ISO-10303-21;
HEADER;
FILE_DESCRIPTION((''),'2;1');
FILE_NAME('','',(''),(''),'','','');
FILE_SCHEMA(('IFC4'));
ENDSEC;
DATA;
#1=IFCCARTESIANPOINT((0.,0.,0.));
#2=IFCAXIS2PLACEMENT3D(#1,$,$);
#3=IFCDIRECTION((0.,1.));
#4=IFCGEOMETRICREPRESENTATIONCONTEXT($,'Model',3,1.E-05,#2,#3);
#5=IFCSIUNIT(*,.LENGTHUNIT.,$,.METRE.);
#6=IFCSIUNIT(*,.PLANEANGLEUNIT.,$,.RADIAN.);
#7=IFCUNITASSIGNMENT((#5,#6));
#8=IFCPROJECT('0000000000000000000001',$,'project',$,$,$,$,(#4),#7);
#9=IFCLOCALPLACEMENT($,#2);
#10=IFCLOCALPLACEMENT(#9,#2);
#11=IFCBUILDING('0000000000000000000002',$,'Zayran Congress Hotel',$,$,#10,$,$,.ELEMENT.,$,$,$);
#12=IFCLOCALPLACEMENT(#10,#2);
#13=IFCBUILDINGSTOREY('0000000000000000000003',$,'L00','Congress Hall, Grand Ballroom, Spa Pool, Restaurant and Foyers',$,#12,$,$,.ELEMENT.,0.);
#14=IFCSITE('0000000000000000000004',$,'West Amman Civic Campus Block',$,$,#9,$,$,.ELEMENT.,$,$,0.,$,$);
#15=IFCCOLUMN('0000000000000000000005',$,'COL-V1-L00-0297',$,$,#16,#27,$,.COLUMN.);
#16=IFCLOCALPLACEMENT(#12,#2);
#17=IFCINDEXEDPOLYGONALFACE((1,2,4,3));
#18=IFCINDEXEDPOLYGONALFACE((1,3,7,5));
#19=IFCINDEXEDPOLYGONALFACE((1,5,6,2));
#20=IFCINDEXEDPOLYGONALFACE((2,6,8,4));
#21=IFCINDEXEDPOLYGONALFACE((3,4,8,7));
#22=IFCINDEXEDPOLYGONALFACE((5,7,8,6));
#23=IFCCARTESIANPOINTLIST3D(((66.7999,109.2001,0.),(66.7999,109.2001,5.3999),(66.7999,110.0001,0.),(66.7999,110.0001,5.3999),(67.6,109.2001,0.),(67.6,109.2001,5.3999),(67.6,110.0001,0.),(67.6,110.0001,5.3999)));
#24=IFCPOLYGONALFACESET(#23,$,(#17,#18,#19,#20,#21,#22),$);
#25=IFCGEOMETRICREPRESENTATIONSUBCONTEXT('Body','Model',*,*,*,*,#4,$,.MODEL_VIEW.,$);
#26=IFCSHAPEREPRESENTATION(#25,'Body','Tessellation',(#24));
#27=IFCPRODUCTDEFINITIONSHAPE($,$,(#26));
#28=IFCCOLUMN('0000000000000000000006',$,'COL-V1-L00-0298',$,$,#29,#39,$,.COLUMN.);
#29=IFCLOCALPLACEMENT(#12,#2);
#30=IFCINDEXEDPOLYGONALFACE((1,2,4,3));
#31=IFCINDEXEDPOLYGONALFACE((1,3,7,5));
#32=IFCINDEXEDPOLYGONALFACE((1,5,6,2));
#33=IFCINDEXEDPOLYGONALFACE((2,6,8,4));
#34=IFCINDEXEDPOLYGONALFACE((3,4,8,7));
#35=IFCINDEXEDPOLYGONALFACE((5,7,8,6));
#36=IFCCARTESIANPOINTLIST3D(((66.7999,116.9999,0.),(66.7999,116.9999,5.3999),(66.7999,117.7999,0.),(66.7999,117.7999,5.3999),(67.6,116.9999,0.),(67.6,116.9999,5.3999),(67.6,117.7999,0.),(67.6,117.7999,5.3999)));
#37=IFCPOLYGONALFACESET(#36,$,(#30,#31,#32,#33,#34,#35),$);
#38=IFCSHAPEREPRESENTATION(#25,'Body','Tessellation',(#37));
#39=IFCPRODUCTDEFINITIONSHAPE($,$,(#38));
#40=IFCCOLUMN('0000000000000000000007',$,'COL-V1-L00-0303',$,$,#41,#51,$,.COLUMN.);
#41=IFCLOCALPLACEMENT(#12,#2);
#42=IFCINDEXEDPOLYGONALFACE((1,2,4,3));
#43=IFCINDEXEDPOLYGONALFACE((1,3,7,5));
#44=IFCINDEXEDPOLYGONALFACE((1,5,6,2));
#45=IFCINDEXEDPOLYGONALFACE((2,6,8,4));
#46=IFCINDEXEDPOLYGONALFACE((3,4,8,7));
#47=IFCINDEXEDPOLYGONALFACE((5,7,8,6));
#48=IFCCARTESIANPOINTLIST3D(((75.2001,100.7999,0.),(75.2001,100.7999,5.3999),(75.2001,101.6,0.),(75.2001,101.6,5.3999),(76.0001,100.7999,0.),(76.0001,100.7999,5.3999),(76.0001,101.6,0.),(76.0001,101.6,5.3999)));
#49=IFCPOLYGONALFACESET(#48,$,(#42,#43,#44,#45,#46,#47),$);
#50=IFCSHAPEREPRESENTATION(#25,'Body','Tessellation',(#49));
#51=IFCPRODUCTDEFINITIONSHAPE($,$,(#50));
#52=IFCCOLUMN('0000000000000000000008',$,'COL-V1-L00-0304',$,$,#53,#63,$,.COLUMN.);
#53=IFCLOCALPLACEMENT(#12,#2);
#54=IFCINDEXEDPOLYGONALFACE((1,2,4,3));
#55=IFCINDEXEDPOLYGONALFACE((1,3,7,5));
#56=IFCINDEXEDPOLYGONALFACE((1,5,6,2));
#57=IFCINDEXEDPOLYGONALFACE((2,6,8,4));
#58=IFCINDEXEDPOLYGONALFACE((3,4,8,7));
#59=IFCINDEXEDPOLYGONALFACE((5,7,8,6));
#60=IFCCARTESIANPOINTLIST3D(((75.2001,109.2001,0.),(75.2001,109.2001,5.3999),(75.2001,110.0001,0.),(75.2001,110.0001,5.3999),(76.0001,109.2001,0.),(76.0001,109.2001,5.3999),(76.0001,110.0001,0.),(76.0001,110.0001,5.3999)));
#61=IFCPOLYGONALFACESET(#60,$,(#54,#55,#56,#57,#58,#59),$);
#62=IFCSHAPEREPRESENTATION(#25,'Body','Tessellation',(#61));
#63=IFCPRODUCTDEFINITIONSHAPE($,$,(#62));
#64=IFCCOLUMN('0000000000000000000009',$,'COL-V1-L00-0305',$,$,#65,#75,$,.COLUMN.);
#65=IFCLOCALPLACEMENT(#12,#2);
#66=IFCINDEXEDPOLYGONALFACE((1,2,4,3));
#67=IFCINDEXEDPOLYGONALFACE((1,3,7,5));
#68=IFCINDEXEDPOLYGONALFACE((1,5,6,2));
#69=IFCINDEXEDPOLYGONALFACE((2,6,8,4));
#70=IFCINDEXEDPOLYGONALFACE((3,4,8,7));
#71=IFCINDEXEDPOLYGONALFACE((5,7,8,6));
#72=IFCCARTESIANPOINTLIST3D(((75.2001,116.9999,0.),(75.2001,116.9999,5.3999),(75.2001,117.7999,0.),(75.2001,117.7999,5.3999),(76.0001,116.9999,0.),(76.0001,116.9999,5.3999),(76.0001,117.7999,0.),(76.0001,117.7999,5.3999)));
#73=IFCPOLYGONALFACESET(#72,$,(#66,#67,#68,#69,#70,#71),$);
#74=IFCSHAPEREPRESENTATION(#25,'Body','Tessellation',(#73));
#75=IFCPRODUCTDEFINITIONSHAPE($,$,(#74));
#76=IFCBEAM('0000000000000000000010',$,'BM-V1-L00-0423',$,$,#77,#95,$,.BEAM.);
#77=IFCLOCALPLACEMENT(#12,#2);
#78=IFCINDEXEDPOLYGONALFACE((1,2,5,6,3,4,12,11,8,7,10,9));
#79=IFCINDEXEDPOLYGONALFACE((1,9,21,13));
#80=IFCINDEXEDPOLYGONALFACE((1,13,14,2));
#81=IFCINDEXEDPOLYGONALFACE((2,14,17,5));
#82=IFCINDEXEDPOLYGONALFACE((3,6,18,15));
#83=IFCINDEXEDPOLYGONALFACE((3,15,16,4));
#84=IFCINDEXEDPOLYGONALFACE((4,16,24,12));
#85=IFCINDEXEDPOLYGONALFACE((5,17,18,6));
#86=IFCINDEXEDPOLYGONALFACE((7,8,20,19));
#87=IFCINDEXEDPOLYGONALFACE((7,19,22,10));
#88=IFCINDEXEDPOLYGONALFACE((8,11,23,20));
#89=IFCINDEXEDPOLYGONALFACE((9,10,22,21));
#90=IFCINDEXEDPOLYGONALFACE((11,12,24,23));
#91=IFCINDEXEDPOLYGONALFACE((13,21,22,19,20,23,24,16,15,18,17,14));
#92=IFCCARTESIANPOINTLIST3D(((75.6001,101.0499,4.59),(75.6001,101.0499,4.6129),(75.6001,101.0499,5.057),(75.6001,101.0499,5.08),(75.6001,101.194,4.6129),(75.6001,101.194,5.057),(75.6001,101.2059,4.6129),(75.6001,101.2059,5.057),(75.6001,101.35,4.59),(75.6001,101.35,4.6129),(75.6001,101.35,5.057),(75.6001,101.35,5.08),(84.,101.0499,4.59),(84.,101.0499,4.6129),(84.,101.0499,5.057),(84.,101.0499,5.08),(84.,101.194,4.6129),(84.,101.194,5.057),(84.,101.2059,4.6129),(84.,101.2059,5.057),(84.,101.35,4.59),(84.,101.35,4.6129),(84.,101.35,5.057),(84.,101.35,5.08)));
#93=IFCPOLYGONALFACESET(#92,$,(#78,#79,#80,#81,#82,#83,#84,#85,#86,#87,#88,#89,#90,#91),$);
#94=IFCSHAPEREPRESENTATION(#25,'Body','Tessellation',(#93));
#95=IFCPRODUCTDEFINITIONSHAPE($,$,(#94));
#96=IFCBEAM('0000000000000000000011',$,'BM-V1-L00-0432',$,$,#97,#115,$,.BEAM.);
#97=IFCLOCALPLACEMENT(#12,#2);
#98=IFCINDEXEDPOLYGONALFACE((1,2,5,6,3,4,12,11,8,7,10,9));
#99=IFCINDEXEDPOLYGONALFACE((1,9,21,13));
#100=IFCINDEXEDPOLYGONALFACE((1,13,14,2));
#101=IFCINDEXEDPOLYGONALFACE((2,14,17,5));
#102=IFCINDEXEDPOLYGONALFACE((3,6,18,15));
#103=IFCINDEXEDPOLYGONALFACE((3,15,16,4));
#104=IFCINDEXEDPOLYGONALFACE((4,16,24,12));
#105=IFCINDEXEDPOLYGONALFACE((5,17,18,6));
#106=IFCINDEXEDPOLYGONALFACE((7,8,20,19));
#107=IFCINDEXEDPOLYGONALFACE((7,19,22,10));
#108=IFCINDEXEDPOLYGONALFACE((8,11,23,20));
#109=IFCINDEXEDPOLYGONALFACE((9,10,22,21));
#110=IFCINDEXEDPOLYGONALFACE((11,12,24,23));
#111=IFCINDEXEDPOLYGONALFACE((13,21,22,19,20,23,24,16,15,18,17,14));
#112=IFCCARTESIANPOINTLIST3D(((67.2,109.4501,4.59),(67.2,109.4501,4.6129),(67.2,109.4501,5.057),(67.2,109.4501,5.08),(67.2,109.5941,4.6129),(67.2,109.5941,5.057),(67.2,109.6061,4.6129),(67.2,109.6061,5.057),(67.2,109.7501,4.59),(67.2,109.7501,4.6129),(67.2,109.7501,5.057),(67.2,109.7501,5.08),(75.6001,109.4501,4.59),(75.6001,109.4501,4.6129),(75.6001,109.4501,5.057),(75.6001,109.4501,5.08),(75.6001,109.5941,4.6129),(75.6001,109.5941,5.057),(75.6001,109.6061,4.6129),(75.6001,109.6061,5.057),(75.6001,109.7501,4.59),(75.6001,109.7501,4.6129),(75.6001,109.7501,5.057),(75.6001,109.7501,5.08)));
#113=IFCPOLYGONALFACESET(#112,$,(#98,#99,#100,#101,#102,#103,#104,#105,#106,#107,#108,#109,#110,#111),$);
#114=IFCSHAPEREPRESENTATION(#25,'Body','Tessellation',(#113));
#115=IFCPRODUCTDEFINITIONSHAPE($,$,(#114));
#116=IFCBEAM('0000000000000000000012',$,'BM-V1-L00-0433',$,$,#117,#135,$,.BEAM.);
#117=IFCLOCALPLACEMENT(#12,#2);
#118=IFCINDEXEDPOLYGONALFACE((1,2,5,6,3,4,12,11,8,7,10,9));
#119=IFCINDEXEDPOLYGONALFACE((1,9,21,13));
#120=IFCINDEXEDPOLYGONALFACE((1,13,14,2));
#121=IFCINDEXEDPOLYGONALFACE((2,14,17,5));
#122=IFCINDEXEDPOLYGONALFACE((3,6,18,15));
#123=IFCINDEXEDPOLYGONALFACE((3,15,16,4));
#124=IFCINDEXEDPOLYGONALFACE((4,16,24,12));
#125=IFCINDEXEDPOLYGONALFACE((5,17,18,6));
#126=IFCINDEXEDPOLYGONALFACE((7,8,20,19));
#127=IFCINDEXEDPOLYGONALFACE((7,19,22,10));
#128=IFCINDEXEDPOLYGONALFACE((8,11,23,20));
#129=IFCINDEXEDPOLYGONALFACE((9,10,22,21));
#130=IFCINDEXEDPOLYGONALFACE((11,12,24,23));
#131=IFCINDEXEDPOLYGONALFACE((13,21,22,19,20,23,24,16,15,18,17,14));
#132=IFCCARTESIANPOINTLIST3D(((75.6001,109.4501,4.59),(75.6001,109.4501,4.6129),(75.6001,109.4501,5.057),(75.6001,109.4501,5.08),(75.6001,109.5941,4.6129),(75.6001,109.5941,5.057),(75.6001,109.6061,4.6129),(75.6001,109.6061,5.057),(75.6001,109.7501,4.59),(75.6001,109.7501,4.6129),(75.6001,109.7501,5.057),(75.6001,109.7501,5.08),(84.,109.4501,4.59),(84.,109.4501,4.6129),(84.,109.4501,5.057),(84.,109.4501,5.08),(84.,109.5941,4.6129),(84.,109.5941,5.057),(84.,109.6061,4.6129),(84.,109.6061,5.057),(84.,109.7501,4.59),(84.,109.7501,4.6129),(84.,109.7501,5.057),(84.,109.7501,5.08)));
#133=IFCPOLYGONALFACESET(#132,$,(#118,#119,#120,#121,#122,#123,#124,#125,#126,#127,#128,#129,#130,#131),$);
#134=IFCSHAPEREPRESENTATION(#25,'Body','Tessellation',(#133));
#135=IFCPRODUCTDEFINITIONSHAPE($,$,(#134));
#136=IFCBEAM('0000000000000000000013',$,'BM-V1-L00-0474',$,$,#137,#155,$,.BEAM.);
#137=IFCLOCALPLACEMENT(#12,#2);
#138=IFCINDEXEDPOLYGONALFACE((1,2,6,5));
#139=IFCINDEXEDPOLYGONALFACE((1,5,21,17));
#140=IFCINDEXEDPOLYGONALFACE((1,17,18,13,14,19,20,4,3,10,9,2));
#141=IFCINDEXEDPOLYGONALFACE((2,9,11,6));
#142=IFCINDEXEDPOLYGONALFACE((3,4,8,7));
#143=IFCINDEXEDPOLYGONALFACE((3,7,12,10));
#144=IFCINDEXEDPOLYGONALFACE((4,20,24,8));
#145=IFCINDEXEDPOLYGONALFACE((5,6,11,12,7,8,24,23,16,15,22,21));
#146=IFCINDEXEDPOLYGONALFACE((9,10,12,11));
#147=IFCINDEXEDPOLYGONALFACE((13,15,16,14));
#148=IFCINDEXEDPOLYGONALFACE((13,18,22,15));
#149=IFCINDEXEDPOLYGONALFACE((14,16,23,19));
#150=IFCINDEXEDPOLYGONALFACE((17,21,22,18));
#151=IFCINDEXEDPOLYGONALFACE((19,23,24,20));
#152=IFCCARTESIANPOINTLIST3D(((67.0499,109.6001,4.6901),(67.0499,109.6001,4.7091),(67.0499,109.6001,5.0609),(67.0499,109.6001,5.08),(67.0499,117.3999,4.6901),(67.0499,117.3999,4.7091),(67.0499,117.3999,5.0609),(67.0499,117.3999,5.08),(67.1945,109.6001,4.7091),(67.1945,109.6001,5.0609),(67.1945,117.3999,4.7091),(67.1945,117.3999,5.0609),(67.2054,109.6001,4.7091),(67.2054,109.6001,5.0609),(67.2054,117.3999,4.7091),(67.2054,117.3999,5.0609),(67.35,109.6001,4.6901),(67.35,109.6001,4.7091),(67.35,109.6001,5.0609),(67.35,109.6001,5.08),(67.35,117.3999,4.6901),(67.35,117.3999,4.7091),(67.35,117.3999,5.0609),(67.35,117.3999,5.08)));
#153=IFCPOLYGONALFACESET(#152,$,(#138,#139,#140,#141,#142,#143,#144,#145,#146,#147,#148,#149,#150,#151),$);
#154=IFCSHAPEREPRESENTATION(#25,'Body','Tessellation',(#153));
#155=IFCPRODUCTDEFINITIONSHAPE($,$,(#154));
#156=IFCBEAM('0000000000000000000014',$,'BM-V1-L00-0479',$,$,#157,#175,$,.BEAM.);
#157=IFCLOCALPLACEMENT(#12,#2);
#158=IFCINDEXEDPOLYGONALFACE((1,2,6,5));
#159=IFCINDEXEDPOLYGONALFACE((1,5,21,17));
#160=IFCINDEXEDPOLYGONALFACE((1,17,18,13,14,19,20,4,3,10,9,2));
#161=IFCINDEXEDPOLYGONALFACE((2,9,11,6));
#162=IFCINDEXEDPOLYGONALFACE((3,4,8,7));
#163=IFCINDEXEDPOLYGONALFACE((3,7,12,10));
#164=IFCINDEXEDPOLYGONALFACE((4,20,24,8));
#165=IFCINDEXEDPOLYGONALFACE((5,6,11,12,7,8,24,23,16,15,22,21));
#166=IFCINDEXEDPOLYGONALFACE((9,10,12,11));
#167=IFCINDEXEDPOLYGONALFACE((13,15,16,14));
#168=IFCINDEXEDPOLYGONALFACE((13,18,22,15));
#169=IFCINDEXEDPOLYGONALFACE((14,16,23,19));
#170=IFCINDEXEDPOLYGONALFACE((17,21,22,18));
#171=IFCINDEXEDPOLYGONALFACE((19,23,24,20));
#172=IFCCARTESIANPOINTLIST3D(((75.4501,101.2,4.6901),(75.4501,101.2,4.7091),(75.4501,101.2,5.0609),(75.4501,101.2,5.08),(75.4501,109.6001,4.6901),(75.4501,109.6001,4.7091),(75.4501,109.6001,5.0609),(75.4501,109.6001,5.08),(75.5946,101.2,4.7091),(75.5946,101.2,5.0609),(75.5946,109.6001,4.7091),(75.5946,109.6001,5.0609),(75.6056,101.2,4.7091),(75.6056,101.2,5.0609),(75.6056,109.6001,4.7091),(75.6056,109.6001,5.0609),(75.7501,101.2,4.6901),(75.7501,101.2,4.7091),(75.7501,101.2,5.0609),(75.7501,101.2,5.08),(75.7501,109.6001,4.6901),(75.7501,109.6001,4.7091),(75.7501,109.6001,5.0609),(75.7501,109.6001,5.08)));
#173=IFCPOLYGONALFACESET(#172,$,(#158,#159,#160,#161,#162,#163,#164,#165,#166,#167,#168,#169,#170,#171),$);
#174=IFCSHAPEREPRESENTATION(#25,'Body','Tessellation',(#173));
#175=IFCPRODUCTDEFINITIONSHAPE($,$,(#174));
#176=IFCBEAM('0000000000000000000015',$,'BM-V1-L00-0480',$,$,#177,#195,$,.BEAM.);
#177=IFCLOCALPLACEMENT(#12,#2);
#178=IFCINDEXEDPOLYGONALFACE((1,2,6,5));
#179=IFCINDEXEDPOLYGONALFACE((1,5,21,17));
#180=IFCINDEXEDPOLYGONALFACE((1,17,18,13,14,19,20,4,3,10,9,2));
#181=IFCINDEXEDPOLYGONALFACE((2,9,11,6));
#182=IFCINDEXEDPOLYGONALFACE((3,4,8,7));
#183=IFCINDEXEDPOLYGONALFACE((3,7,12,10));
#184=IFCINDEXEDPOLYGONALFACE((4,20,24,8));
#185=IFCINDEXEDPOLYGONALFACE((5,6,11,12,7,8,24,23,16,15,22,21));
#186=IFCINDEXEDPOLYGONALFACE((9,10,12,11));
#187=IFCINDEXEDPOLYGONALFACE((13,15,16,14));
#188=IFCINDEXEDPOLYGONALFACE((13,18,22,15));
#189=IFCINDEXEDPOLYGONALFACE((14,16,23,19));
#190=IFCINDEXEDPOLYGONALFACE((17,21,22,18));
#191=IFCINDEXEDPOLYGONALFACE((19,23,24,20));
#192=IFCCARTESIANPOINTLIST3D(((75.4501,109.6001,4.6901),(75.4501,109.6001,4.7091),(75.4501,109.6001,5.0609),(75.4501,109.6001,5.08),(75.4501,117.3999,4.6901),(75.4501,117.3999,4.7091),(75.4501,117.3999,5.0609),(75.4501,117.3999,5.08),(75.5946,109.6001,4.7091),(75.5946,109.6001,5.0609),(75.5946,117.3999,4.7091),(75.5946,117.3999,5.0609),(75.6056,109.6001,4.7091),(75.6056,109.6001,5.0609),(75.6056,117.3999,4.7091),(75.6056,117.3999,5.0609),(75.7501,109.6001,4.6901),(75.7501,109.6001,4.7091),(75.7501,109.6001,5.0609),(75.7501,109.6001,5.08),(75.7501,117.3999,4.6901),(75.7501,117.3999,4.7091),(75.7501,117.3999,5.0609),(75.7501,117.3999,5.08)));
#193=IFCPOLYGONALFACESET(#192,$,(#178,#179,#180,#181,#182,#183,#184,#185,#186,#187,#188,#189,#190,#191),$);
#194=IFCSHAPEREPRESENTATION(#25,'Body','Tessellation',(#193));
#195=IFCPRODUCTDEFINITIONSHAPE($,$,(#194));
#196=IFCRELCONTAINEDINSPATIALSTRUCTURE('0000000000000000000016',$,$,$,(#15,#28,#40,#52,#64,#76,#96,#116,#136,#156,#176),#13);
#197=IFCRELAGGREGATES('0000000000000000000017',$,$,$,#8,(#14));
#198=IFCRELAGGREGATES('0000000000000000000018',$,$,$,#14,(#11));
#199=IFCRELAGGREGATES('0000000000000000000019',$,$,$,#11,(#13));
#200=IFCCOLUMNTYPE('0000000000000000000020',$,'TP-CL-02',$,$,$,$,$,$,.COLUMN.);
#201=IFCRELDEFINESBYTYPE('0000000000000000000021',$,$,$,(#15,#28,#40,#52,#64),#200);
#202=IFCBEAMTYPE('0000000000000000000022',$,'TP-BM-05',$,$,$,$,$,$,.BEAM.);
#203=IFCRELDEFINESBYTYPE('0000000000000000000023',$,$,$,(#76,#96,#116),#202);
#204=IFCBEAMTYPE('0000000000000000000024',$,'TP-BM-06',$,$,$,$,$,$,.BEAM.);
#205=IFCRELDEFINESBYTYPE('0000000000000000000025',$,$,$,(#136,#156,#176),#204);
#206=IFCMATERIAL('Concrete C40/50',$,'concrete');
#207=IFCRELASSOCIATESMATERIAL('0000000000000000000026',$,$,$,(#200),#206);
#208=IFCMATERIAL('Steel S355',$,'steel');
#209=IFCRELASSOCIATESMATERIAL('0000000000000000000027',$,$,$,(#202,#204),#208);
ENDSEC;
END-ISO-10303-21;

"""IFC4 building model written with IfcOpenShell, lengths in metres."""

from ifc_helpers import new_model, si_unit, direction, frame, origin, origin_2d, place, context, subcontext, project, spatial, rectangle, i_section, extrude, material, material_profile, profile_set, type_object, element, save


model = new_model("IFC4")

# Units and contexts
model_context = context("Model", 3, precision=1e-05, world=origin(), true_north=direction((0.0, 1.0)))
body_context = subcontext(model_context, "Body", "Model", "MODEL_VIEW")
ifc_project = project(units=[si_unit("LENGTHUNIT", "METRE"), si_unit("PLANEANGLEUNIT", "RADIAN")], contexts=[model_context])

# Site, building, storey
site_placement = place(None, origin())
site = spatial("IfcSite", under=ifc_project, at=site_placement, Name="West Amman Civic Campus Block", CompositionType="ELEMENT", RefElevation=0.0)
building_placement = place(site_placement, origin())
building = spatial("IfcBuilding", under=site, at=building_placement, Name="Zayran Congress Hotel", CompositionType="ELEMENT")
storey_placement = place(building_placement, origin())
storey = spatial("IfcBuildingStorey", under=building, at=storey_placement, Name="L00", Description="Congress Hall, Grand Ballroom, Spa Pool, Restaurant and Foyers", CompositionType="ELEMENT", Elevation=0.0)

# Columns
ifc_material_1 = material(Name="Concrete C40/50", Category="concrete")
ifc_material_profile_1 = material_profile(ifc_material_1, rectangle(XDim=0.8, YDim=0.8, at=origin_2d()), Name="RC 800x800")
ifc_profile_set_1 = profile_set([ifc_material_profile_1], Name="Concrete C40/50")
column_type = type_object("IfcColumnType", Name="TP-CL-02", PredefinedType="COLUMN", material=ifc_profile_set_1)
for number, where, z_axis, x_axis, name in (
    (1, (67.2, 109.6001, 0.0), (0.0, 0.0, 1.0), (1.0, 0.0, 0.0), "COL-V1-L00-0297"),
    (2, (67.2, 117.3999, 0.0), (0.0, 0.0, 1.0), (1.0, 0.0, 0.0), "COL-V1-L00-0298"),
    (3, (75.6001, 101.2, 0.0), (0.0, 0.0, 1.0), (1.0, 0.0, 0.0), "COL-V1-L00-0303"),
    (4, (75.6001, 109.6001, 0.0), (0.0, 0.0, 1.0), (1.0, 0.0, 0.0), "COL-V1-L00-0304"),
    (5, (75.6001, 117.3999, 0.0), (0.0, 0.0, 1.0), (1.0, 0.0, 0.0), "COL-V1-L00-0305"),
):
    element("IfcColumn", number, at=place(storey_placement, frame(where, z_axis=z_axis, x_axis=x_axis)), inside=storey, type_object=column_type, Name=name, PredefinedType="COLUMN", context=body_context, shape_type="SweptSolid", body=[
        extrude(rectangle(XDim=0.8, YDim=0.8, at=origin_2d()), origin(), (0.0, 0.0, 1.0), 5.3999),
    ])

# Beams
ifc_material_2 = material(Name="Steel S355", Category="steel")
ifc_material_profile_2 = material_profile(ifc_material_2, i_section(OverallWidth=0.3, OverallDepth=0.49, WebThickness=0.012, FlangeThickness=0.0229, at=origin_2d()), Name="HEA 500")
ifc_profile_set_2 = profile_set([ifc_material_profile_2], Name="Steel S355")
beam_type_1 = type_object("IfcBeamType", Name="TP-BM-05", PredefinedType="BEAM", material=ifc_profile_set_2)
beam_1_placement = place(storey_placement, frame((75.6001, 101.2, 4.835), z_axis=(1.0, 0.0, 0.0), x_axis=(0.0, 1.0, 0.0)))
element("IfcBeam", 6, at=beam_1_placement, inside=storey, type_object=beam_type_1, Name="BM-V1-L00-0423", PredefinedType="BEAM", context=body_context, shape_type="SweptSolid", body=[
    extrude(i_section(OverallWidth=0.3, OverallDepth=0.49, WebThickness=0.012, FlangeThickness=0.0229, at=origin_2d()), origin(), (0.0, 0.0, 1.0), 8.3999),
])
beam_2_placement = place(storey_placement, frame((67.2, 109.6001, 4.835), z_axis=(1.0, 0.0, 0.0), x_axis=(0.0, 1.0, 0.0)))
element("IfcBeam", 7, at=beam_2_placement, inside=storey, type_object=beam_type_1, Name="BM-V1-L00-0432", PredefinedType="BEAM", context=body_context, shape_type="SweptSolid", body=[
    extrude(i_section(OverallWidth=0.3, OverallDepth=0.49, WebThickness=0.012, FlangeThickness=0.0229, at=origin_2d()), origin(), (0.0, 0.0, 1.0), 8.4001),
])
beam_3_placement = place(storey_placement, frame((75.6001, 109.6001, 4.835), z_axis=(1.0, 0.0, 0.0), x_axis=(0.0, 1.0, 0.0)))
element("IfcBeam", 8, at=beam_3_placement, inside=storey, type_object=beam_type_1, Name="BM-V1-L00-0433", PredefinedType="BEAM", context=body_context, shape_type="SweptSolid", body=[
    extrude(i_section(OverallWidth=0.3, OverallDepth=0.49, WebThickness=0.012, FlangeThickness=0.0229, at=origin_2d()), origin(), (0.0, 0.0, 1.0), 8.3999),
])
ifc_material_profile_3 = material_profile(ifc_material_2, i_section(OverallWidth=0.3, OverallDepth=0.3899, WebThickness=0.011, FlangeThickness=0.019, at=origin_2d()), Name="HEA 400")
ifc_profile_set_3 = profile_set([ifc_material_profile_3], Name="Steel S355")
beam_type_2 = type_object("IfcBeamType", Name="TP-BM-06", PredefinedType="BEAM", material=ifc_profile_set_3)
beam_4_placement = place(storey_placement, frame((67.2, 109.6001, 4.885), z_axis=(0.0, 1.0, 0.0), x_axis=(-1.0, 0.0, 0.0)))
element("IfcBeam", 9, at=beam_4_placement, inside=storey, type_object=beam_type_2, Name="BM-V1-L00-0474", PredefinedType="BEAM", context=body_context, shape_type="SweptSolid", body=[
    extrude(i_section(OverallWidth=0.3, OverallDepth=0.3899, WebThickness=0.011, FlangeThickness=0.019, at=origin_2d()), origin(), (0.0, 0.0, 1.0), 7.7998),
])
beam_5_placement = place(storey_placement, frame((75.6001, 101.2, 4.885), z_axis=(0.0, 1.0, 0.0), x_axis=(-1.0, 0.0, 0.0)))
element("IfcBeam", 10, at=beam_5_placement, inside=storey, type_object=beam_type_2, Name="BM-V1-L00-0479", PredefinedType="BEAM", context=body_context, shape_type="SweptSolid", body=[
    extrude(i_section(OverallWidth=0.3, OverallDepth=0.3899, WebThickness=0.011, FlangeThickness=0.019, at=origin_2d()), origin(), (0.0, 0.0, 1.0), 8.4001),
])
beam_6_placement = place(storey_placement, frame((75.6001, 109.6001, 4.885), z_axis=(0.0, 1.0, 0.0), x_axis=(-1.0, 0.0, 0.0)))
element("IfcBeam", 11, at=beam_6_placement, inside=storey, type_object=beam_type_2, Name="BM-V1-L00-0480", PredefinedType="BEAM", context=body_context, shape_type="SweptSolid", body=[
    extrude(i_section(OverallWidth=0.3, OverallDepth=0.3899, WebThickness=0.011, FlangeThickness=0.019, at=origin_2d()), origin(), (0.0, 0.0, 1.0), 7.7998),
])

save(model, "model.ifc")
